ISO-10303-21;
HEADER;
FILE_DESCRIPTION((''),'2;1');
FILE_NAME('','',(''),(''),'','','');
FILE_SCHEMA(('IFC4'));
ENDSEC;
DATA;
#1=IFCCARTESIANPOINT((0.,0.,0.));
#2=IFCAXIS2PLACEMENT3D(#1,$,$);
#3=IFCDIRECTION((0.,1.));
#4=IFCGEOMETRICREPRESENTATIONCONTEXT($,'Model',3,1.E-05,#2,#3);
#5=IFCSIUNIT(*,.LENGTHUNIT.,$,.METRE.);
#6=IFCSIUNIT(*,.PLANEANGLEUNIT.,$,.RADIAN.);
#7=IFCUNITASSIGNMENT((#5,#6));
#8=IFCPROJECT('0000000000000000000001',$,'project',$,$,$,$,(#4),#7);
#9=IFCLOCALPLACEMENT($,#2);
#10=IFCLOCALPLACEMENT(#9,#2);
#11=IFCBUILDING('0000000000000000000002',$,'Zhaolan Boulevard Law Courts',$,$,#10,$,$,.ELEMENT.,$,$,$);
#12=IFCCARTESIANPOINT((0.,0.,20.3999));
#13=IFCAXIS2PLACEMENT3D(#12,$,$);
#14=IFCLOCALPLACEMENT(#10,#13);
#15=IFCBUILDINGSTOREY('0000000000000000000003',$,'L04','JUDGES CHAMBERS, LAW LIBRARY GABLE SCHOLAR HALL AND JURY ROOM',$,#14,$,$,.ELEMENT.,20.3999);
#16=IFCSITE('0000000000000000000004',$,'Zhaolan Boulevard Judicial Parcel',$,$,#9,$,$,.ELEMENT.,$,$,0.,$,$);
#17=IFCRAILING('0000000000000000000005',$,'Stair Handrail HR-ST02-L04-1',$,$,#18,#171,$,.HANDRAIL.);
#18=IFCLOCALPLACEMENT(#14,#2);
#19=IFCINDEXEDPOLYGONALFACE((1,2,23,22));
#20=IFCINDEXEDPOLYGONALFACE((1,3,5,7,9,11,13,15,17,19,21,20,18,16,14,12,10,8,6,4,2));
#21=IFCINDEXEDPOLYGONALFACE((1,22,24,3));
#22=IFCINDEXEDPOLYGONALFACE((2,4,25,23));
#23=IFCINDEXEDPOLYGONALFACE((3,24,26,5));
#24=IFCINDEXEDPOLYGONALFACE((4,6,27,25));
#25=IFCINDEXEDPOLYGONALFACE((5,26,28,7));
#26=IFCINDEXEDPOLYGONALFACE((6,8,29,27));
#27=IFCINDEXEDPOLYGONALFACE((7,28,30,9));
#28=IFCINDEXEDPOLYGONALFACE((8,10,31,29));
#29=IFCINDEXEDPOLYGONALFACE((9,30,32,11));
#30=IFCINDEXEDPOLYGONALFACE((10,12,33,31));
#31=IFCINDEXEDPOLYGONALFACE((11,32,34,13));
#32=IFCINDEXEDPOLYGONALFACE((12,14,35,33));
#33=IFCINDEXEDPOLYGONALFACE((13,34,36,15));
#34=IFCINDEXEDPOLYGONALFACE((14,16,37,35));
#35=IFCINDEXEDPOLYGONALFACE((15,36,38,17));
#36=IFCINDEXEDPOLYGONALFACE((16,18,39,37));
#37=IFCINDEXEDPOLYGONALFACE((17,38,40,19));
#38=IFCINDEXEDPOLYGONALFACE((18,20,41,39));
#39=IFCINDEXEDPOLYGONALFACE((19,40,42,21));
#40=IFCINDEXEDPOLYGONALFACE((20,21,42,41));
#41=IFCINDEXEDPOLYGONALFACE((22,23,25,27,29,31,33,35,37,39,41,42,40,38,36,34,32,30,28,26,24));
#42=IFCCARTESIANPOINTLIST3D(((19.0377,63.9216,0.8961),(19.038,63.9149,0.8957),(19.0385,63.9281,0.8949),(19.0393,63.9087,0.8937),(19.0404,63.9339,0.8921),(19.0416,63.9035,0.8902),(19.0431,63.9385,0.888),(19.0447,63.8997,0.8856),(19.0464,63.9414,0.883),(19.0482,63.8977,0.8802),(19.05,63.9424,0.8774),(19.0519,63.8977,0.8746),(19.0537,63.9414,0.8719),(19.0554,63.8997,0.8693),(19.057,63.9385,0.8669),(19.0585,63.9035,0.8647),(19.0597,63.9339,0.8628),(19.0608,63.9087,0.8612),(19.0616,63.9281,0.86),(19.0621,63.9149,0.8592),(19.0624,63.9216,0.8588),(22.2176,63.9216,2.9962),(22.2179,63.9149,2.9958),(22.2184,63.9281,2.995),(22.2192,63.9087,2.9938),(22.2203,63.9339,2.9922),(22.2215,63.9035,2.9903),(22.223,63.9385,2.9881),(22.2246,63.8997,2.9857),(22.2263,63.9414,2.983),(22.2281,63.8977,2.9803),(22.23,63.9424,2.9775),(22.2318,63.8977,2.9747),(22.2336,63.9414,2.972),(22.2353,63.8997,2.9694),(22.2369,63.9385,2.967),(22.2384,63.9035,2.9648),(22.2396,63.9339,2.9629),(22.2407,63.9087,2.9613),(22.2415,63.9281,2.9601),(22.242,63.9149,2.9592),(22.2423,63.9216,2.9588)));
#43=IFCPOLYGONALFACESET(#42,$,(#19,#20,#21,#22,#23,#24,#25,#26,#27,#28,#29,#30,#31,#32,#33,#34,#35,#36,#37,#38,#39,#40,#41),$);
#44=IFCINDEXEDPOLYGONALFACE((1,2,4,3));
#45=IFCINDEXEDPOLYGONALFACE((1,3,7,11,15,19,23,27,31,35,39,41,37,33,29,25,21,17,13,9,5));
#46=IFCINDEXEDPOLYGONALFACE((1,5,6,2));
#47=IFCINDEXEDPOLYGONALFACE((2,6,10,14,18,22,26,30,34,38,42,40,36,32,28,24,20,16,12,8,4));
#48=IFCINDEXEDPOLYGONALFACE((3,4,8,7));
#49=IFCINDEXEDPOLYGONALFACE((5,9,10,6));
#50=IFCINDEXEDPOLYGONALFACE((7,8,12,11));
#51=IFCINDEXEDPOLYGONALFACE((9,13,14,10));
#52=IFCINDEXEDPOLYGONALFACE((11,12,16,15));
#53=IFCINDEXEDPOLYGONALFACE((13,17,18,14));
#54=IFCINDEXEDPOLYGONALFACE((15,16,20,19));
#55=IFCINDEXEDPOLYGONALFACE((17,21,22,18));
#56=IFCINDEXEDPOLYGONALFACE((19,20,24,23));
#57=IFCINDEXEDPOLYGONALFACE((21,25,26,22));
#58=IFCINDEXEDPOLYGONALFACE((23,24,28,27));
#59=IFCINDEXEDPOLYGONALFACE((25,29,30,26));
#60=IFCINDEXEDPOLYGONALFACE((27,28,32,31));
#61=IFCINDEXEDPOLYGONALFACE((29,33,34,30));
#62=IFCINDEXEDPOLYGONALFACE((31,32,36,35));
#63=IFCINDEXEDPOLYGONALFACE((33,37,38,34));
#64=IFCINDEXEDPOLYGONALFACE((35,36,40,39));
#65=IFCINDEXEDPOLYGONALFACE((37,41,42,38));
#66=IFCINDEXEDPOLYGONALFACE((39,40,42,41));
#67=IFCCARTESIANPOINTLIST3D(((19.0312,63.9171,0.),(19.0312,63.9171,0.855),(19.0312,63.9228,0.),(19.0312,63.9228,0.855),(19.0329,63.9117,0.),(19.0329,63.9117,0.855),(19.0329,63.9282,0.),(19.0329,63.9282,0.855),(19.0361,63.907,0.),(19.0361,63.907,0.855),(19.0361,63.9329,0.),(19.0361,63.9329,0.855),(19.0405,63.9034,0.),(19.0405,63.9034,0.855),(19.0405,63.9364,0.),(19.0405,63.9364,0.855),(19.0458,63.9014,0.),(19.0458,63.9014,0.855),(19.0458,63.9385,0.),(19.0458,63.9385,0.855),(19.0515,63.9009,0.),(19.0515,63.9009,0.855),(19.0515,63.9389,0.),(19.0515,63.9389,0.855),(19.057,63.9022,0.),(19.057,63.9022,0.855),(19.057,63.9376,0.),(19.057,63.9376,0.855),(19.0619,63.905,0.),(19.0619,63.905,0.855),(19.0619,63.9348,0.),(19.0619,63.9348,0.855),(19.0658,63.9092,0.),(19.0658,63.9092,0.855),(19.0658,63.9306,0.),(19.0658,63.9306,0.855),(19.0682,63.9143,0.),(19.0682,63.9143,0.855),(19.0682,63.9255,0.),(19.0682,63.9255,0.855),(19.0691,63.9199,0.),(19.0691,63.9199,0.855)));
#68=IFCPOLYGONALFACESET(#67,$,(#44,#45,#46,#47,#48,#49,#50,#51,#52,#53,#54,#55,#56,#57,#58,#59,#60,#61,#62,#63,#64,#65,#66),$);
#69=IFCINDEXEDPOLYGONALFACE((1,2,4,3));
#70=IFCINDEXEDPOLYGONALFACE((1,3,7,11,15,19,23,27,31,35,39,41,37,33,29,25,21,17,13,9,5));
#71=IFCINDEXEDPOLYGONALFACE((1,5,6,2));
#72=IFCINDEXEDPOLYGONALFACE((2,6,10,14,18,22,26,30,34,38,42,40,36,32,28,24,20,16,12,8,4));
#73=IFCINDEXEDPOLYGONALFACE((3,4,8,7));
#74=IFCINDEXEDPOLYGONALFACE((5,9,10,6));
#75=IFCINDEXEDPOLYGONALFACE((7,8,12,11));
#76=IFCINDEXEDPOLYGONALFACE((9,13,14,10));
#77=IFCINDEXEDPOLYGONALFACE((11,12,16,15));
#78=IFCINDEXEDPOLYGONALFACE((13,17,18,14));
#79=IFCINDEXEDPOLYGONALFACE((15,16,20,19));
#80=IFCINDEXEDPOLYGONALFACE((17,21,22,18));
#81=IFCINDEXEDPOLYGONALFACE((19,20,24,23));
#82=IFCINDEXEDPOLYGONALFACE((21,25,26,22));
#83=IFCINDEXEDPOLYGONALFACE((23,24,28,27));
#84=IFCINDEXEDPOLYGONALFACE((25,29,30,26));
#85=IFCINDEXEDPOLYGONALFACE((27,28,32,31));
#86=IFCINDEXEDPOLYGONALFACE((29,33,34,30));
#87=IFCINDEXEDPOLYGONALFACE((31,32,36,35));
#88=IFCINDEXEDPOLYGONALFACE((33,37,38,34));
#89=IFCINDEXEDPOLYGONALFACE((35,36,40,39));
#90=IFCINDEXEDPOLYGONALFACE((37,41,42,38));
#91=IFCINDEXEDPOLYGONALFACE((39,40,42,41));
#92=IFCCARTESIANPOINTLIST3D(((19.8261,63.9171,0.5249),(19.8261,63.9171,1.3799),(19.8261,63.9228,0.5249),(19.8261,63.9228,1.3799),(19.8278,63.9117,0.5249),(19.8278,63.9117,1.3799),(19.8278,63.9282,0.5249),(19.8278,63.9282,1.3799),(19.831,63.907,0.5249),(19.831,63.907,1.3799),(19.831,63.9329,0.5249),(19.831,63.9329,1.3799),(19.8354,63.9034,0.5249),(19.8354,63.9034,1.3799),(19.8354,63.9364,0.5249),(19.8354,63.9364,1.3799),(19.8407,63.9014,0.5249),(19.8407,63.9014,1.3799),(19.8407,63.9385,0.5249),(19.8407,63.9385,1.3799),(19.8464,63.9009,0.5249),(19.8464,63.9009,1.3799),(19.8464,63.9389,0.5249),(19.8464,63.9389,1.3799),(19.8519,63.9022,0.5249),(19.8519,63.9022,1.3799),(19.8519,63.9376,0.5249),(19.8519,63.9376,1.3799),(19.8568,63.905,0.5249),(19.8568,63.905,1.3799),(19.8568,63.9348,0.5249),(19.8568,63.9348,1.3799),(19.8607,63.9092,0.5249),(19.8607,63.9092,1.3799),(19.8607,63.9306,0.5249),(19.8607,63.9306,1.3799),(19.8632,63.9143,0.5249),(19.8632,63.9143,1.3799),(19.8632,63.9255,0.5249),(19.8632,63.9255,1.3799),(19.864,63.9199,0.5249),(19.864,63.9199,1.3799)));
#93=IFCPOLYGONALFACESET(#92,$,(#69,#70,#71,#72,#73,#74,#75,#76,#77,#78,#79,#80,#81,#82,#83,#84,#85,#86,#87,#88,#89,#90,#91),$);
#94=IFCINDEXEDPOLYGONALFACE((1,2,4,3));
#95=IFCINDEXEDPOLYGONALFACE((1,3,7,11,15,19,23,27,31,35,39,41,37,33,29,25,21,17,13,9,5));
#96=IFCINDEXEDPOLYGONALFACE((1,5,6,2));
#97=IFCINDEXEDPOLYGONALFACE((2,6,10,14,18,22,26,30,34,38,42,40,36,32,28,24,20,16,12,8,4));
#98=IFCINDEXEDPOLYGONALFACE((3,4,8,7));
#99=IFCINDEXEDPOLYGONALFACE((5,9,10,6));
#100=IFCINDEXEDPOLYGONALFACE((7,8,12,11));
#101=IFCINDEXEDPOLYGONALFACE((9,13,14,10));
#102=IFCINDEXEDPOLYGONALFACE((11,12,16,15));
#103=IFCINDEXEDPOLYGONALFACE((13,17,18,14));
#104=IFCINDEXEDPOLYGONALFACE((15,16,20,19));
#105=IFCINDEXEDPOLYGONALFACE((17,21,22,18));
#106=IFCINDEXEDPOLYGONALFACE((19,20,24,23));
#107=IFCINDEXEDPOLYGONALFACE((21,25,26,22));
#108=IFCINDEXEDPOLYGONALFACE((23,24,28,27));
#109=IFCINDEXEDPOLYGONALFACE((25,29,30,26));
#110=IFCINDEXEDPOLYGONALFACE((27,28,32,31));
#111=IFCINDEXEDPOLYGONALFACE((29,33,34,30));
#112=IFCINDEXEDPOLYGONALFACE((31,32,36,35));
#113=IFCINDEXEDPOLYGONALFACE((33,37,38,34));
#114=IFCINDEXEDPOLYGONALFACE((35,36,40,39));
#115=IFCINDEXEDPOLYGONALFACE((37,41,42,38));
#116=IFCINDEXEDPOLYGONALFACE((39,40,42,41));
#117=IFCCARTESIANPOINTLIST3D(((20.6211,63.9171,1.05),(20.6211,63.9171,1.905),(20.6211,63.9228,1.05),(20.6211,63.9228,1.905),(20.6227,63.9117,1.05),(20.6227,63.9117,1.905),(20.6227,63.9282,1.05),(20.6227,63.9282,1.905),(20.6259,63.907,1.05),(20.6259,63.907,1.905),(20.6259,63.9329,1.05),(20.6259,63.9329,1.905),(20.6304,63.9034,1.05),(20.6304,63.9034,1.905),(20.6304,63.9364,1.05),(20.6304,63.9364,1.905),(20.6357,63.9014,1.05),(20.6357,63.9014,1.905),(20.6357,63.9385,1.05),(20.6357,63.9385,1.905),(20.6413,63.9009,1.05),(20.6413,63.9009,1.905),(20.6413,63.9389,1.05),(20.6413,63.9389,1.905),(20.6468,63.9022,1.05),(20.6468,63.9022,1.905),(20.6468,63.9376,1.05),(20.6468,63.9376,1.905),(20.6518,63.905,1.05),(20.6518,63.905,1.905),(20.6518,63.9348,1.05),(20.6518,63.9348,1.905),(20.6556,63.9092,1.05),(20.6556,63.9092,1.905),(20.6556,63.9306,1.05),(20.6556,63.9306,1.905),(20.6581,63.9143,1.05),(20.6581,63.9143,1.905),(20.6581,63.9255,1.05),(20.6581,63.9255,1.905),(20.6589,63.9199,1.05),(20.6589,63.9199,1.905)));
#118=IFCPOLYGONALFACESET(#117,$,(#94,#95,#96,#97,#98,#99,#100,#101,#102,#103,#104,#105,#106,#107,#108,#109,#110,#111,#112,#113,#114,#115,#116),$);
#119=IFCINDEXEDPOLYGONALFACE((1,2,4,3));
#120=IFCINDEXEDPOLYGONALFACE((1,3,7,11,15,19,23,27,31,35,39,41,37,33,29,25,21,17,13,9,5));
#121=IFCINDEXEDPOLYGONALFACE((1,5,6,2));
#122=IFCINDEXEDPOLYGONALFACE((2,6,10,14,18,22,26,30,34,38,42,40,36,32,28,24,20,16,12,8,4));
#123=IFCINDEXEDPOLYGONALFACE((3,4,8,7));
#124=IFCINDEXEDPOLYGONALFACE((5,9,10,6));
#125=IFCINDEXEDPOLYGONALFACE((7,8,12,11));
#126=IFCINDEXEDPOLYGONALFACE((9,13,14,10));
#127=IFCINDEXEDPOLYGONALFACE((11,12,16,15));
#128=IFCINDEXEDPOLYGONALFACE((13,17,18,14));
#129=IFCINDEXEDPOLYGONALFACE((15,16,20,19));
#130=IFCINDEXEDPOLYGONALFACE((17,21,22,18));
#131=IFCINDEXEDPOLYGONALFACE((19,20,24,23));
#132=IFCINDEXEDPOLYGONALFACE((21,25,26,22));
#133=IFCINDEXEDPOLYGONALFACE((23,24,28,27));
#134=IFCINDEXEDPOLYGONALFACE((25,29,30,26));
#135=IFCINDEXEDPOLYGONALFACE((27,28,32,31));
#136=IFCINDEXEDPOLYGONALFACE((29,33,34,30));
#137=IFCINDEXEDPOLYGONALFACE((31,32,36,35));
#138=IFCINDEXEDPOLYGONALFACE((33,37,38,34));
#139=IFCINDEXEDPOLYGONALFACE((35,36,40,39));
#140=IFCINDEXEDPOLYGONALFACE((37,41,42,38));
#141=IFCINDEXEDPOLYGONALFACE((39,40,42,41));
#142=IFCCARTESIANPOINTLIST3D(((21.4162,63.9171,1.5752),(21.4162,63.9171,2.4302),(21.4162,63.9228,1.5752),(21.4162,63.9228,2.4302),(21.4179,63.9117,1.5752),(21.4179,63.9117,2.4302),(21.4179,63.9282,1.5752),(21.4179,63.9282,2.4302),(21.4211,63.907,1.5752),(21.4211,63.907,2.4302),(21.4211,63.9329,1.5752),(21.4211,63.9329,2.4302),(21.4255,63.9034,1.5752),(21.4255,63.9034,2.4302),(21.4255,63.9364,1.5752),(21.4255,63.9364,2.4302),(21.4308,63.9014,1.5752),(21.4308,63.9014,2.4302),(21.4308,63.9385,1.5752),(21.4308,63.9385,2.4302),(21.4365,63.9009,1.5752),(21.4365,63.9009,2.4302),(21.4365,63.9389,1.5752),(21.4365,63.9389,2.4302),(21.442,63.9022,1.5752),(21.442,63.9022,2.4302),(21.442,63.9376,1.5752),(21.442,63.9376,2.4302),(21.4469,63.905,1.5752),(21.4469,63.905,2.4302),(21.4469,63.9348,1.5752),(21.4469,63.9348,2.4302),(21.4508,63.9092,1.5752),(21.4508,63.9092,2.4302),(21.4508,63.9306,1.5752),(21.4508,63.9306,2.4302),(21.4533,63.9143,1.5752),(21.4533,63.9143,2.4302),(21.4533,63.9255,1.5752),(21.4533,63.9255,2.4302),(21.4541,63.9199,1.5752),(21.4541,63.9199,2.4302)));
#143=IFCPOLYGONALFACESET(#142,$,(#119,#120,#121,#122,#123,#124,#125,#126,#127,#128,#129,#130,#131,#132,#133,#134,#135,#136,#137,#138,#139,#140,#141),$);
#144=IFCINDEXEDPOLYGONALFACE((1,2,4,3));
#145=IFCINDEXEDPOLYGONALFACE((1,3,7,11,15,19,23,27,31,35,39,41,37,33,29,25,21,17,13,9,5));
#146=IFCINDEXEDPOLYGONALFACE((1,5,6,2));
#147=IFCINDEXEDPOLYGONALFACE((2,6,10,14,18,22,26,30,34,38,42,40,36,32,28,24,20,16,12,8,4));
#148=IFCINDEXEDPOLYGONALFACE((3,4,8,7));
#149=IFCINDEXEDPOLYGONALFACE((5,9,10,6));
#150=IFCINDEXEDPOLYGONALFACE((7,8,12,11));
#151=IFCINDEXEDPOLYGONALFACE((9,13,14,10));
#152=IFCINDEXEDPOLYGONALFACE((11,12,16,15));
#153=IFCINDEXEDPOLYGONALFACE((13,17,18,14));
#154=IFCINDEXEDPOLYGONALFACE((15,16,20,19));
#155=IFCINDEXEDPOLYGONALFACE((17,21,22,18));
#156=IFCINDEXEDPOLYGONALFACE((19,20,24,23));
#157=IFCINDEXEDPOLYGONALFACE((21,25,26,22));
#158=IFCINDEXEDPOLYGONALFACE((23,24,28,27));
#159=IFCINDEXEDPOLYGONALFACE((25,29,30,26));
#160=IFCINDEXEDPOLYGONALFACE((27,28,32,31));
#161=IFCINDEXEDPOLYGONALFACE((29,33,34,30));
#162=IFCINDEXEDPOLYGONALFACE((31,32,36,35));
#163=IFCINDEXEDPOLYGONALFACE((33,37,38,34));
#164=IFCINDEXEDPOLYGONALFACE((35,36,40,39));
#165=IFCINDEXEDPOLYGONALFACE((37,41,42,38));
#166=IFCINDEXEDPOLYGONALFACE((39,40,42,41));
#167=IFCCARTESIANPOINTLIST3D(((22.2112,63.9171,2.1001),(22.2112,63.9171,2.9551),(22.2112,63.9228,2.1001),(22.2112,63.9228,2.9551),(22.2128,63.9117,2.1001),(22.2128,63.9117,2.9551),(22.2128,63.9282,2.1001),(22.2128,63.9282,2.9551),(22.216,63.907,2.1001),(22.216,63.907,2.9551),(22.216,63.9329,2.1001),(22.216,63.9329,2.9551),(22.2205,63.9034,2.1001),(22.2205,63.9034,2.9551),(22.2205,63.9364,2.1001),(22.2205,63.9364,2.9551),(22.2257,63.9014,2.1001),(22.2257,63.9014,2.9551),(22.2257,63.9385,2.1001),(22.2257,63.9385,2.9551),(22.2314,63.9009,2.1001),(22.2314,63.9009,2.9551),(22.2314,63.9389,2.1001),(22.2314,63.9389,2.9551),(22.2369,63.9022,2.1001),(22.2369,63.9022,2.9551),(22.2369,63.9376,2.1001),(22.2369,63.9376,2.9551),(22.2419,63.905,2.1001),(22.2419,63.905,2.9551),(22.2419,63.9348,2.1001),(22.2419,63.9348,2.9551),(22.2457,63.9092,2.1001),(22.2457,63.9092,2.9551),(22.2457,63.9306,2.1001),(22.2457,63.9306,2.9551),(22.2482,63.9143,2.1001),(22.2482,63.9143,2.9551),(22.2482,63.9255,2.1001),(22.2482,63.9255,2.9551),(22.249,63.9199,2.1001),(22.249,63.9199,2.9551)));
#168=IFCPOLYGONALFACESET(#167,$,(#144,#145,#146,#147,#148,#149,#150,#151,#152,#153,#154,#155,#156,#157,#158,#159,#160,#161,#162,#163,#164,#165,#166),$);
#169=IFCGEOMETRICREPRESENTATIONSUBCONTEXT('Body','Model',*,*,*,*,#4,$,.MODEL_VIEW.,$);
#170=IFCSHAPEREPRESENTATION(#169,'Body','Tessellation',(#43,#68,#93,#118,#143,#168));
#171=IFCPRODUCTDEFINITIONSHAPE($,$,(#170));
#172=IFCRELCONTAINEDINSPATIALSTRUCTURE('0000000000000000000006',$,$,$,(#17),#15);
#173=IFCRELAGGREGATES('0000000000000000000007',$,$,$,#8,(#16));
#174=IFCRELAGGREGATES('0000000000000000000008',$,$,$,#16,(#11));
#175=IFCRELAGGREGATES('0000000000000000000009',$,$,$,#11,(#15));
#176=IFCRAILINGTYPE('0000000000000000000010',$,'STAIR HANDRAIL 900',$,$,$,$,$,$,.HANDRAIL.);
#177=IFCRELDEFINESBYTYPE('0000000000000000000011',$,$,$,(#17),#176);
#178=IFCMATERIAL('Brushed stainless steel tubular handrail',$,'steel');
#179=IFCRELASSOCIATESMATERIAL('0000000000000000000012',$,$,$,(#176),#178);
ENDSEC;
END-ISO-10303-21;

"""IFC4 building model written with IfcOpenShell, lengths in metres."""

from ifc_helpers import new_model, si_unit, direction, frame, origin, origin_2d, place, context, subcontext, project, spatial, circle, extrude, material, type_object, element, save


model = new_model("IFC4")

# Units and contexts
model_context = context("Model", 3, precision=1e-05, world=origin(), true_north=direction((0.0, 1.0)))
body_context = subcontext(model_context, "Body", "Model", "MODEL_VIEW")
ifc_project = project(units=[si_unit("LENGTHUNIT", "METRE"), si_unit("PLANEANGLEUNIT", "RADIAN")], contexts=[model_context])

# Site, building, storey
site_placement = place(None, origin())
site = spatial("IfcSite", under=ifc_project, at=site_placement, Name="Zhaolan Boulevard Judicial Parcel", CompositionType="ELEMENT", RefElevation=0.0)
building_placement = place(site_placement, origin())
building = spatial("IfcBuilding", under=site, at=building_placement, Name="Zhaolan Boulevard Law Courts", CompositionType="ELEMENT")
storey_placement = place(building_placement, frame((0.0, 0.0, 20.3999)))
storey = spatial("IfcBuildingStorey", under=building, at=storey_placement, Name="L04", Description="JUDGES CHAMBERS, LAW LIBRARY GABLE SCHOLAR HALL AND JURY ROOM", CompositionType="ELEMENT", Elevation=20.3999)

# Railing
ifc_material_1 = material(Name="Brushed stainless steel tubular handrail", Category="steel")
railing_type_1 = type_object("IfcRailingType", Name="STAIR HANDRAIL 900", PredefinedType="HANDRAIL", material=ifc_material_1)
railing_1_placement = place(storey_placement, frame((19.05, 63.9199, 0.0)))
element("IfcRailing", 1, at=railing_1_placement, inside=storey, type_object=railing_type_1, Name="Stair Handrail HR-ST02-L04-1", PredefinedType="HANDRAIL", context=body_context, shape_type="SweptSolid", body=[
    extrude(circle(Radius=0.0225, at=origin_2d()), frame((0.0, 0.0, 0.8774), z_axis=(0.834447, 0.0, 0.551088), x_axis=(0.0, 1.0, 0.0)), (0.0, 0.0, 1.0), 3.8108),
    extrude(circle(Radius=0.019, at=origin_2d()), origin(), (0.0, 0.0, 1.0), 0.855),
    extrude(circle(Radius=0.019, at=origin_2d()), frame((0.7949, 0.0, 0.5249)), (0.0, 0.0, 1.0), 0.855),
    extrude(circle(Radius=0.019, at=origin_2d()), frame((1.5898, 0.0, 1.05)), (0.0, 0.0, 1.0), 0.855),
    extrude(circle(Radius=0.019, at=origin_2d()), frame((2.385, 0.0, 1.5752)), (0.0, 0.0, 1.0), 0.855),
    extrude(circle(Radius=0.019, at=origin_2d()), frame((3.1799, 0.0, 2.1001)), (0.0, 0.0, 1.0), 0.855),
])

save(model, "model.ifc")
